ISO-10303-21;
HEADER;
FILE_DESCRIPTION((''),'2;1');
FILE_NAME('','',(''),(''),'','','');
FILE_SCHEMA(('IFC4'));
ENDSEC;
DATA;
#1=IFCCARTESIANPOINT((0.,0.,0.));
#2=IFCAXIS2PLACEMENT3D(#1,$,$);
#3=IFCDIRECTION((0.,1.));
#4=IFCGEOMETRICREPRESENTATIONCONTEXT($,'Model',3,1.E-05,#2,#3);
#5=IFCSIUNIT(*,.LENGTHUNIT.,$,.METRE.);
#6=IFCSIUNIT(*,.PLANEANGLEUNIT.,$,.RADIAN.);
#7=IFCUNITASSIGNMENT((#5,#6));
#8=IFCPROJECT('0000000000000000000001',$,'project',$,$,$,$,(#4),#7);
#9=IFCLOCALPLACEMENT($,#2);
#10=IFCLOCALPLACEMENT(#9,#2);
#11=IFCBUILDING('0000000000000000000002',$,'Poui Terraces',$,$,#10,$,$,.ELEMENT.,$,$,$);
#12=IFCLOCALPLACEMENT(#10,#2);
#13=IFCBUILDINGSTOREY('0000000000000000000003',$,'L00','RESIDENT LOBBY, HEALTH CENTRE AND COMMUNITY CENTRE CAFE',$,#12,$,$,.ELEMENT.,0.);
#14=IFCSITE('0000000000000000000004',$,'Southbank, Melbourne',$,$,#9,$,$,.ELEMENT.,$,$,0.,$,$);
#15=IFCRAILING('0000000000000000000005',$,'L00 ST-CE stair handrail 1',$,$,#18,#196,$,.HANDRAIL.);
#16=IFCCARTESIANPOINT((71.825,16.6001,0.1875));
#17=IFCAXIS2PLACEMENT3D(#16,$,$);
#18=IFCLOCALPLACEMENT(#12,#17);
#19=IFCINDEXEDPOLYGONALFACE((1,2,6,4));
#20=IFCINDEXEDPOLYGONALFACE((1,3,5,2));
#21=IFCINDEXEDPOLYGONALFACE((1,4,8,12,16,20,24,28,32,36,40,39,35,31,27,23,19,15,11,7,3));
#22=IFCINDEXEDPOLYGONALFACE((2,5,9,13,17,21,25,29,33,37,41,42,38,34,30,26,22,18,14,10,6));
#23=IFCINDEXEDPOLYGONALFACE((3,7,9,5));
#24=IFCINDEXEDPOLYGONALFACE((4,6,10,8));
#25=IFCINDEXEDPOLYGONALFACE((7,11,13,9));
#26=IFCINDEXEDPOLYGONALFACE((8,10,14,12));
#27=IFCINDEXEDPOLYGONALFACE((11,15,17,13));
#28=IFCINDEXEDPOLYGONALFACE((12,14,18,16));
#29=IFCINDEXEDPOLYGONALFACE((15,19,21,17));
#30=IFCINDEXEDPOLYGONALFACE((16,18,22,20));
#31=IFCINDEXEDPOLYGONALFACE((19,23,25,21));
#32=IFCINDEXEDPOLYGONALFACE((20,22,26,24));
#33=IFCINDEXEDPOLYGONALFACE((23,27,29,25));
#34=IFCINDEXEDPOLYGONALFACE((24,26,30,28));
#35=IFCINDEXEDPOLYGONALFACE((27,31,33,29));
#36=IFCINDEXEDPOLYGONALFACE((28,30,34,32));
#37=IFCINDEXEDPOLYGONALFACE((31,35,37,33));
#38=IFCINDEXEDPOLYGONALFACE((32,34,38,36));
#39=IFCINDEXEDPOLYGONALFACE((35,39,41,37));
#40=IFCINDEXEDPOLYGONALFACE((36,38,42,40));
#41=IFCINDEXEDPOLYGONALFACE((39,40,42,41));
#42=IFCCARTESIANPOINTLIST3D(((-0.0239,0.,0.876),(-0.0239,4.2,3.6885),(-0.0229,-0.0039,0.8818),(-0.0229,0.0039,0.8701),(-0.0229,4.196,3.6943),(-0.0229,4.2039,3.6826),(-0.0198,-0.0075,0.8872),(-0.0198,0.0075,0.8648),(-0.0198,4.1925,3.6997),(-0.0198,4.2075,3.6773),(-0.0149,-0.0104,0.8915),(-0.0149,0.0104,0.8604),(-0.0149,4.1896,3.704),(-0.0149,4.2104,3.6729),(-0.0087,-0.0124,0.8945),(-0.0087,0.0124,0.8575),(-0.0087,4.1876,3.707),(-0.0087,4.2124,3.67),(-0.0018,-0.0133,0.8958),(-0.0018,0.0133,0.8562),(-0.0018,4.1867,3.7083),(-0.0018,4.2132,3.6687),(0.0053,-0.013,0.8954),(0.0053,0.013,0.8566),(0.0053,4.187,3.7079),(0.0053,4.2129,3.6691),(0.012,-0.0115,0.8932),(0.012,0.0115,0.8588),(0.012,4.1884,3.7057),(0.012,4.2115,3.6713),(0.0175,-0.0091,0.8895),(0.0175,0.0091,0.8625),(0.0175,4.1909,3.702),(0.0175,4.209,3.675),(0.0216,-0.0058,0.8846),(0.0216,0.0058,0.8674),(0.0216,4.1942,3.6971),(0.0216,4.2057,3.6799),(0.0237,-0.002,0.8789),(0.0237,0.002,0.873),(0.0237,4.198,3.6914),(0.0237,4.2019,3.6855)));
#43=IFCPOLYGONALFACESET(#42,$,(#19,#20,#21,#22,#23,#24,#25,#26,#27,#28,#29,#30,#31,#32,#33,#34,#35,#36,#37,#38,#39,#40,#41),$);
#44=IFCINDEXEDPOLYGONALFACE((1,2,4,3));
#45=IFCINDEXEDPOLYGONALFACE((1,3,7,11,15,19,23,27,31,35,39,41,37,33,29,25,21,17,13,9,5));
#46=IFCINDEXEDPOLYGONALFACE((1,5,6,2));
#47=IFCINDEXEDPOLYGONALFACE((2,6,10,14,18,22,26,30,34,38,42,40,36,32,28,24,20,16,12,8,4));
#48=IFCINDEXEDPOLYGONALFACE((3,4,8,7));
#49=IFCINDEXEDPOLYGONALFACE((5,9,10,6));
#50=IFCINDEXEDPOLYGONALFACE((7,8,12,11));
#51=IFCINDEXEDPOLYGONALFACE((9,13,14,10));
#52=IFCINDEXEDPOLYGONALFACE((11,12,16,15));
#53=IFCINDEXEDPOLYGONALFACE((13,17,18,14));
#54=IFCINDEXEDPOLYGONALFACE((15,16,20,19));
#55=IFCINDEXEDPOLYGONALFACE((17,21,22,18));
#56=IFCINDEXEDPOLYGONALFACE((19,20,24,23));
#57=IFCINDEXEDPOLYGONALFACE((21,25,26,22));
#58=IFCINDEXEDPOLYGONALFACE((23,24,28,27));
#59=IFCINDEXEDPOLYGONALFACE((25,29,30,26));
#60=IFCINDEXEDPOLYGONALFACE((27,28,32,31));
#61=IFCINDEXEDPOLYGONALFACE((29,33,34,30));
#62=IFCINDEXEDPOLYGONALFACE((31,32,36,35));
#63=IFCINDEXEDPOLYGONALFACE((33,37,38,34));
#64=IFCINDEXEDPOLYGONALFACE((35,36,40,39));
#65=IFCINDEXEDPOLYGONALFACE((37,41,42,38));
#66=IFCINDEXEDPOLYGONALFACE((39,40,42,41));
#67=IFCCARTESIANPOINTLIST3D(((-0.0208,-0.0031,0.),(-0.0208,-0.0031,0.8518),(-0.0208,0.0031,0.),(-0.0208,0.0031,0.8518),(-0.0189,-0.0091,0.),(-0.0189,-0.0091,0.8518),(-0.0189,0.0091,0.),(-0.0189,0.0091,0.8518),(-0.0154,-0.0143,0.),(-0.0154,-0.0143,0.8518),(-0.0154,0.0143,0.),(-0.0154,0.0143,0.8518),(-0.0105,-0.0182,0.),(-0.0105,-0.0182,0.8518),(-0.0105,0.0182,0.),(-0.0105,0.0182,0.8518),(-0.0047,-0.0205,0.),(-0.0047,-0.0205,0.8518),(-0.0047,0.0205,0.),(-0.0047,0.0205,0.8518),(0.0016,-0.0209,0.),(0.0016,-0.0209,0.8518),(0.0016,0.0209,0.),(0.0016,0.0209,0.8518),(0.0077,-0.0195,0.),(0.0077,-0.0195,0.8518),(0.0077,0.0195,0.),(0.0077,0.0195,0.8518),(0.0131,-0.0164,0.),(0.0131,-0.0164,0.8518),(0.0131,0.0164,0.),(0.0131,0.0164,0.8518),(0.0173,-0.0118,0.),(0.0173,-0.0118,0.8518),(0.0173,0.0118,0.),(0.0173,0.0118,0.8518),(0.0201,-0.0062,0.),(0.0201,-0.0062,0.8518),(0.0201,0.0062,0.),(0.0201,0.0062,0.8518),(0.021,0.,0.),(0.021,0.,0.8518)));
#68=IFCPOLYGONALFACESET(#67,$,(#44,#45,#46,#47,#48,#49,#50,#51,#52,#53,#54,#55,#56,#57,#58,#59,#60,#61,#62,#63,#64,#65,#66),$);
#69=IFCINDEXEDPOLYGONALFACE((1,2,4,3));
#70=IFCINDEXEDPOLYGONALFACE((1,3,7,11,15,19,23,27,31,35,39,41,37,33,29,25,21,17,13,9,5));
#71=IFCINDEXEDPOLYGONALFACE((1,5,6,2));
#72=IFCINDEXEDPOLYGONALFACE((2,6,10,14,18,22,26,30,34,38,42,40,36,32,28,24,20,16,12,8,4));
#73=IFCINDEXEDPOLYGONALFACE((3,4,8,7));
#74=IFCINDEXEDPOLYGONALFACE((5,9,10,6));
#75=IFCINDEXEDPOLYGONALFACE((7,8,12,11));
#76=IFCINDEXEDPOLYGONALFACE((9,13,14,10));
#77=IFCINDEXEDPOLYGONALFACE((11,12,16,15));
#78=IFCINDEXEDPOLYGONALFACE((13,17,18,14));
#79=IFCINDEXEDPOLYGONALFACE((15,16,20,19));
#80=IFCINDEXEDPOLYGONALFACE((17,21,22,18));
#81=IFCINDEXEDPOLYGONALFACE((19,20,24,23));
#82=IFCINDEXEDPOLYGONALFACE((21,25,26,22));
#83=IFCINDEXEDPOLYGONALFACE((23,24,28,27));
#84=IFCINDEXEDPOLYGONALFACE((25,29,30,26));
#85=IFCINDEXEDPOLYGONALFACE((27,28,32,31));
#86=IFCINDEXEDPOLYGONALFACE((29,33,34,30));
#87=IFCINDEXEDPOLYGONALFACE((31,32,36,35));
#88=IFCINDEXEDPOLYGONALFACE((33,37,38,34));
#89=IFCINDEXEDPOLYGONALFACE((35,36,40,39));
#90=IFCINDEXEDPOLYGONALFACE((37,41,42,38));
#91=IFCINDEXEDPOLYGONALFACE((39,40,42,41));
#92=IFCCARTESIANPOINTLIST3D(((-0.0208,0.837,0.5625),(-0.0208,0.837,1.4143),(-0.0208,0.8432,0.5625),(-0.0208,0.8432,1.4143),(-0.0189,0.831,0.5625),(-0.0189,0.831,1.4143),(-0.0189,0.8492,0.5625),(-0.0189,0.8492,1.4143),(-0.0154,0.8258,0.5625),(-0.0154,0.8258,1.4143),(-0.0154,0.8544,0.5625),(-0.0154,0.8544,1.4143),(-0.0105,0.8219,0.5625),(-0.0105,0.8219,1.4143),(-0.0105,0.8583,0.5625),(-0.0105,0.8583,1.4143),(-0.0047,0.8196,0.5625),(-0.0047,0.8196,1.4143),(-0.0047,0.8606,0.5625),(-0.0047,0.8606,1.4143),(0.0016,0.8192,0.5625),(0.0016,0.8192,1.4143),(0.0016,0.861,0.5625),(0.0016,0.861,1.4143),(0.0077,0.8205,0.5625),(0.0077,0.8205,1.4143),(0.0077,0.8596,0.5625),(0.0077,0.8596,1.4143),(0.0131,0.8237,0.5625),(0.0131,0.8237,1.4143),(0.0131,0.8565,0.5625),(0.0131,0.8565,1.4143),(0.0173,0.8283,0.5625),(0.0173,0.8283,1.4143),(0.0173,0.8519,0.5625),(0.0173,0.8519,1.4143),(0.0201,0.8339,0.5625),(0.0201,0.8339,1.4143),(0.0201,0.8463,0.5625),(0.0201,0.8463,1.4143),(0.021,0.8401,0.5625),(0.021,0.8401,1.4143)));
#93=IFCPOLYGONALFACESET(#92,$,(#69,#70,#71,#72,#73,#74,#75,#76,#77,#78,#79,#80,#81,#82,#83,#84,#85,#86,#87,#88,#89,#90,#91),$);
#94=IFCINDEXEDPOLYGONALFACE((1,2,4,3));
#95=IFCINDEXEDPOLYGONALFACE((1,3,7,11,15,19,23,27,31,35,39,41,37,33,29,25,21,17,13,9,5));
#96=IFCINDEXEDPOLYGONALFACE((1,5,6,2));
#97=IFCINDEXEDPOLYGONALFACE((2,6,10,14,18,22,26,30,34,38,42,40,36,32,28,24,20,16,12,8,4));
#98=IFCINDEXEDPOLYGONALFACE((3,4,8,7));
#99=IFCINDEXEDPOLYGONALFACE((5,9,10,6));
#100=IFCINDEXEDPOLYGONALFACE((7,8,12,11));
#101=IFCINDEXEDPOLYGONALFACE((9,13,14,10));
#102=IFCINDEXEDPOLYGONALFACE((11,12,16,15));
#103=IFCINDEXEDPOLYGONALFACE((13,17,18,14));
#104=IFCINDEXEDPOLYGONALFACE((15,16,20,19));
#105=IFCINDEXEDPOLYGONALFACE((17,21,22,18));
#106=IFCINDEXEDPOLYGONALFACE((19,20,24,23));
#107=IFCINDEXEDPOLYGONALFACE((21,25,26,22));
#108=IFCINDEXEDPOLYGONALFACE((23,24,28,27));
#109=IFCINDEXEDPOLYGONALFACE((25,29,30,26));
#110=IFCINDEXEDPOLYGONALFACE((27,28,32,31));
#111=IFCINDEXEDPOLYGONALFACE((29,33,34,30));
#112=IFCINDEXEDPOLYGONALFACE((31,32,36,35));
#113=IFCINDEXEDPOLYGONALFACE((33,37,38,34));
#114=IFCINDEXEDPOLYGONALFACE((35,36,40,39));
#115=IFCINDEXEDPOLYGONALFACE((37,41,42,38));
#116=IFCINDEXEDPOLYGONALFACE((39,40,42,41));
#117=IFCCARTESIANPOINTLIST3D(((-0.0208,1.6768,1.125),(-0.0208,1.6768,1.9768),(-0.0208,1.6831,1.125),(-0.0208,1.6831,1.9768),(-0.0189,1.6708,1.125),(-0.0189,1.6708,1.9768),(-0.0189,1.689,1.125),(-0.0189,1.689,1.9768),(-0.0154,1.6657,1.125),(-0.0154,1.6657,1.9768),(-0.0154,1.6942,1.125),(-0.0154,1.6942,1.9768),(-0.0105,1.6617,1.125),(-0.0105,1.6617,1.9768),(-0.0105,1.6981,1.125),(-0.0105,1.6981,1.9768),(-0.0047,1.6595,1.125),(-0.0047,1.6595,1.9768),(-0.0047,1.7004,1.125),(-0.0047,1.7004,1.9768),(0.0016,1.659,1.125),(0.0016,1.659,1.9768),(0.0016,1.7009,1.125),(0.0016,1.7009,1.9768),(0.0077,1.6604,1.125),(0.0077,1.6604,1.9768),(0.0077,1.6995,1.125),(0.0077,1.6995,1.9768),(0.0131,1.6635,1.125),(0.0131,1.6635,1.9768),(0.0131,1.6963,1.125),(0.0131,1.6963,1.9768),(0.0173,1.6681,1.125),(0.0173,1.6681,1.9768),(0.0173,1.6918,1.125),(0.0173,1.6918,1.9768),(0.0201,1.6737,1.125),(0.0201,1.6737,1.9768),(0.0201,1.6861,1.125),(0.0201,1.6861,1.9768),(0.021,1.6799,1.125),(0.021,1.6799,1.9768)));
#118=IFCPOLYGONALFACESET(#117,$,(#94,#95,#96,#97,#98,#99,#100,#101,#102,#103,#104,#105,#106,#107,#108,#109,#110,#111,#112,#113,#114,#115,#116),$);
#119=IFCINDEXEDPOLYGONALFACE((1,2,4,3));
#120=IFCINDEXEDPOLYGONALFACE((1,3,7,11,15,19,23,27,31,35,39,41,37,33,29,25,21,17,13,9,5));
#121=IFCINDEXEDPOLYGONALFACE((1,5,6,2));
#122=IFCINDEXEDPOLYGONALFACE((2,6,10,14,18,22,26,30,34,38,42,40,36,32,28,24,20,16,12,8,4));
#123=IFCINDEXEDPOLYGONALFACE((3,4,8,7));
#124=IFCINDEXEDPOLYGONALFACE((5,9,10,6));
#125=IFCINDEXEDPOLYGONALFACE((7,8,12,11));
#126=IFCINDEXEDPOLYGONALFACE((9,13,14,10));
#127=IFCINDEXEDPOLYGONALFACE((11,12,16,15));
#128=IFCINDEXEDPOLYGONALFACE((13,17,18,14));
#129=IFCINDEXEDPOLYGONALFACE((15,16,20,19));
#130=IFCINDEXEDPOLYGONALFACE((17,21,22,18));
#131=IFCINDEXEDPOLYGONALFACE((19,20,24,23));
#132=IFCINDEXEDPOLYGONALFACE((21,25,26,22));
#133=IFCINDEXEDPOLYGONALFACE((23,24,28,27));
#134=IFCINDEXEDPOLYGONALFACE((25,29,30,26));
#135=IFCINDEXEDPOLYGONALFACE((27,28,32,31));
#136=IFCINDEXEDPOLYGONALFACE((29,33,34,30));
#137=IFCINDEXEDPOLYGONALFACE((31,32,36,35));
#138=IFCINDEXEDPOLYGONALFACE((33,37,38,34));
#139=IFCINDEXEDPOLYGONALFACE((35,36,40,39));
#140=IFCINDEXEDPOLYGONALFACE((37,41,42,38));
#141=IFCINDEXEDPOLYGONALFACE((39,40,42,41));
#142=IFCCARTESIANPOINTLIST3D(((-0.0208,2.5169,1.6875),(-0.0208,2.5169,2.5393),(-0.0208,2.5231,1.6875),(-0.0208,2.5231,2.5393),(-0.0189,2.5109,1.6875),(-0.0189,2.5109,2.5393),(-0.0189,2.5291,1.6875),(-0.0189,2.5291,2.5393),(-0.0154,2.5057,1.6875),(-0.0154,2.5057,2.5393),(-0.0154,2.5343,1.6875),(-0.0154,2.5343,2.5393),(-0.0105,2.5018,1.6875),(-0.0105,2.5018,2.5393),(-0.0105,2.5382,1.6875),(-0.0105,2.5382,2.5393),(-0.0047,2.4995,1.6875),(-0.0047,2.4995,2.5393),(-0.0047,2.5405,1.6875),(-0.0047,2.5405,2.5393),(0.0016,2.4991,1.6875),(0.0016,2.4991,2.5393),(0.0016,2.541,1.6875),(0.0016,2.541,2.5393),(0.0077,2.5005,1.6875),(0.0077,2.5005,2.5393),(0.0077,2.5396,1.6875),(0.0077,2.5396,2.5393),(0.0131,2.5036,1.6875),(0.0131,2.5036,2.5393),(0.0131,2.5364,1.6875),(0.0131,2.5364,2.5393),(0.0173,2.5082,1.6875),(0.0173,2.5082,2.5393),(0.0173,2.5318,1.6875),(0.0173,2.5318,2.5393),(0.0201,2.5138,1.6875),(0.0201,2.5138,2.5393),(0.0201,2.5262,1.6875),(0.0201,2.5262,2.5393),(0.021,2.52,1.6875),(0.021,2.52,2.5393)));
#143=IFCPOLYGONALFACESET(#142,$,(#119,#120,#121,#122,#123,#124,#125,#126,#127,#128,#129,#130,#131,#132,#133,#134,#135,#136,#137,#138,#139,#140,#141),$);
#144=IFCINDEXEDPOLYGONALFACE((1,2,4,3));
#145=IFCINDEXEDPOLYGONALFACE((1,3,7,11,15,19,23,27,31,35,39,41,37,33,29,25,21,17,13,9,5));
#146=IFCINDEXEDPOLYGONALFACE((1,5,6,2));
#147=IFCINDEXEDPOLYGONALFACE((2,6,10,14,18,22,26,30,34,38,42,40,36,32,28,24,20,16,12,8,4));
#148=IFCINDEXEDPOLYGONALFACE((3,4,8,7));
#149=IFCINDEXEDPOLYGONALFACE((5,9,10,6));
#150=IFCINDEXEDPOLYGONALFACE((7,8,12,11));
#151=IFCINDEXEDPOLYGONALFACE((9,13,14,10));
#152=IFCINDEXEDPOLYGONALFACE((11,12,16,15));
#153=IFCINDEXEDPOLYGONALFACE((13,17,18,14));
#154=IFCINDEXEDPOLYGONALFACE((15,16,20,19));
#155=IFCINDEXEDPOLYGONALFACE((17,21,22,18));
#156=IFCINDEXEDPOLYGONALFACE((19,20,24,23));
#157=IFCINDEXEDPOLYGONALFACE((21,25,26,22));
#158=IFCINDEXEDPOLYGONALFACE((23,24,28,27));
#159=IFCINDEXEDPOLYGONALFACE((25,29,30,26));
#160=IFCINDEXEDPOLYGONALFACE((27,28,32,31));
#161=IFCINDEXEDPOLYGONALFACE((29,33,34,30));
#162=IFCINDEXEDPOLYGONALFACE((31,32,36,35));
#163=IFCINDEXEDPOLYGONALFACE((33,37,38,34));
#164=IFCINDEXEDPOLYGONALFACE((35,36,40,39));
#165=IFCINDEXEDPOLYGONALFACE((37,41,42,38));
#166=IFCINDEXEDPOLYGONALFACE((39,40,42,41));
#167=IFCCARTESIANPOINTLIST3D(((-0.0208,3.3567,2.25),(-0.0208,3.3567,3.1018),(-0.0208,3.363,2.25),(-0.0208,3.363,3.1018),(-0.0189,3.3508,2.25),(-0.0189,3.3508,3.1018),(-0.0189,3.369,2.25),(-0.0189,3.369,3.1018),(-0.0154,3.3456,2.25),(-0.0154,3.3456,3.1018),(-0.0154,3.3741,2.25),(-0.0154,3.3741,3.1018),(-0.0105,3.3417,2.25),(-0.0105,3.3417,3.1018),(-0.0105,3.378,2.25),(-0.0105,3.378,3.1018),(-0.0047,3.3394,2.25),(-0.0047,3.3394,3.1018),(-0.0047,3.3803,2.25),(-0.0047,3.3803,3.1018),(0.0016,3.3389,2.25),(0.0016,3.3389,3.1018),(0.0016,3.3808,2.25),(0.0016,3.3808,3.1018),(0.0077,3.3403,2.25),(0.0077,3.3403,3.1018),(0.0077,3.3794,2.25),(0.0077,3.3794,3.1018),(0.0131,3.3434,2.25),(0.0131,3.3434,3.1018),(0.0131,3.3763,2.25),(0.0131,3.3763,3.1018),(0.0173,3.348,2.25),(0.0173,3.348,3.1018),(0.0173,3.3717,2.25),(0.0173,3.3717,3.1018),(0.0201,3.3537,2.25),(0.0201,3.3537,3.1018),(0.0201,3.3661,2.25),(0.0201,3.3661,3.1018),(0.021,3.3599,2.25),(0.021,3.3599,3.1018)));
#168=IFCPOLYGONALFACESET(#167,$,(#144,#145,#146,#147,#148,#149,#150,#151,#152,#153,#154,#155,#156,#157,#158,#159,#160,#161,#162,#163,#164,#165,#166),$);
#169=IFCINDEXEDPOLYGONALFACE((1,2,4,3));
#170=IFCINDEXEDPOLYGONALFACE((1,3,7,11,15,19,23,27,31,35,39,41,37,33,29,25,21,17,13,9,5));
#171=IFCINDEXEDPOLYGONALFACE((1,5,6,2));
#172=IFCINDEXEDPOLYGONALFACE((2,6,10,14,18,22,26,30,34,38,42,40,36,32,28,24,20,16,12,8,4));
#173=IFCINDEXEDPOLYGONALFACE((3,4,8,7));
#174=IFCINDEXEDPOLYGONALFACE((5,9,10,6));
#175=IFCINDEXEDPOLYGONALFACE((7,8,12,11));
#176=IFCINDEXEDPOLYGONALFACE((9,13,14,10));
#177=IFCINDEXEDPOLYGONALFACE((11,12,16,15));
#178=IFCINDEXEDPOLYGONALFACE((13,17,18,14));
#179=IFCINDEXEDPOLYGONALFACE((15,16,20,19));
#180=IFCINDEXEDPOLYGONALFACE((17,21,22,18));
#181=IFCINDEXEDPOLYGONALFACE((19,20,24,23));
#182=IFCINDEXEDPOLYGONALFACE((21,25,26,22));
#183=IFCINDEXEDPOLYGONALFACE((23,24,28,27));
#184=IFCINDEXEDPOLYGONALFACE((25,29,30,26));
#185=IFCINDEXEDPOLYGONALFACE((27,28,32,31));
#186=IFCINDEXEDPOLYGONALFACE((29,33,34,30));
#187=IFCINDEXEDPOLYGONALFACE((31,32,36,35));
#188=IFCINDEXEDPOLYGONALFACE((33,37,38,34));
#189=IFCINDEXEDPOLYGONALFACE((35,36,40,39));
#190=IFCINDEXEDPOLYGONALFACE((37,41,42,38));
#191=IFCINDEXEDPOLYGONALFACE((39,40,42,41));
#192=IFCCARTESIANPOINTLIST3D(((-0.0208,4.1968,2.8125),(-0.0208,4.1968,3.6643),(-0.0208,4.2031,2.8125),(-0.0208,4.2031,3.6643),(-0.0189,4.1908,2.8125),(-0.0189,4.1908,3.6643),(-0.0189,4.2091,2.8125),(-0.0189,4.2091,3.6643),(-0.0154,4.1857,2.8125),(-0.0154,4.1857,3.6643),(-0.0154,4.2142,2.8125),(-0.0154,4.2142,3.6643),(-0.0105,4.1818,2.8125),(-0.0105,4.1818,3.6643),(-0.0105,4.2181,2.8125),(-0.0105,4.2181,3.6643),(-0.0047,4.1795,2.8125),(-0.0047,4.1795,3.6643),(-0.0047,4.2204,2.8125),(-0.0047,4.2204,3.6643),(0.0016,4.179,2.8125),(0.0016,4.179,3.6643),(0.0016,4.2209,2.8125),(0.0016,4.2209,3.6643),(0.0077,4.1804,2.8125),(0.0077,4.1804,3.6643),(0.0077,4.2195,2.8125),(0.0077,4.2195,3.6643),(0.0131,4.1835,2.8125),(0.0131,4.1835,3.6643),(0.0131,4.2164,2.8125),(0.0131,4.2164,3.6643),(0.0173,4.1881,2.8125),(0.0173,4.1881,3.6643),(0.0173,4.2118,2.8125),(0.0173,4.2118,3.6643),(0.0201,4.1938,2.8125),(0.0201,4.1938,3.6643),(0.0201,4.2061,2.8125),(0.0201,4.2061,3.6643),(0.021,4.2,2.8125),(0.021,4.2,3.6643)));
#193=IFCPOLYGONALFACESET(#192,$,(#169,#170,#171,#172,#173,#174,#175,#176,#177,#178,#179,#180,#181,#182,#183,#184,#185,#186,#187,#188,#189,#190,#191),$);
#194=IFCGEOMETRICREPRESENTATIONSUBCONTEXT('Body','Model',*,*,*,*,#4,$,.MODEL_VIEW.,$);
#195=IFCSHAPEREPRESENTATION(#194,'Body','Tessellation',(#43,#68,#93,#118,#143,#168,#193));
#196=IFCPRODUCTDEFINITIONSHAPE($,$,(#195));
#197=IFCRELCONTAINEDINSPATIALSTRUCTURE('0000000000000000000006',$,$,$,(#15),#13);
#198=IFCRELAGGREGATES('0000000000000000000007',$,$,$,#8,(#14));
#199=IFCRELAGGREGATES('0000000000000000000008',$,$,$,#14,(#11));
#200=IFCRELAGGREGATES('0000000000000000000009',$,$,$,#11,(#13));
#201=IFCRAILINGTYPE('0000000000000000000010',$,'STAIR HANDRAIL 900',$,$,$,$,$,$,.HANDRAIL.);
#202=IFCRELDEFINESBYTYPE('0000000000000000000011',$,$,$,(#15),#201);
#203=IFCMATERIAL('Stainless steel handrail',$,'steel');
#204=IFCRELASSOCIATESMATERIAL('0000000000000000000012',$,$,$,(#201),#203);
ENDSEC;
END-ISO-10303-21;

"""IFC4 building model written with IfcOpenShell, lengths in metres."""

from ifc_helpers import new_model, si_unit, direction, frame, origin, origin_2d, place, context, subcontext, project, spatial, circle, extrude, material, type_object, element, save


model = new_model("IFC4")

# Units and contexts
model_context = context("Model", 3, precision=1e-05, world=origin(), true_north=direction((0.0, 1.0)))
body_context = subcontext(model_context, "Body", "Model", "MODEL_VIEW")
ifc_project = project(units=[si_unit("LENGTHUNIT", "METRE"), si_unit("PLANEANGLEUNIT", "RADIAN")], contexts=[model_context])

# Site, building, storey
site_placement = place(None, origin())
site = spatial("IfcSite", under=ifc_project, at=site_placement, Name="Southbank, Melbourne", CompositionType="ELEMENT", RefElevation=0.0)
building_placement = place(site_placement, origin())
building = spatial("IfcBuilding", under=site, at=building_placement, Name="Poui Terraces", CompositionType="ELEMENT")
storey_placement = place(building_placement, origin())
storey = spatial("IfcBuildingStorey", under=building, at=storey_placement, Name="L00", Description="RESIDENT LOBBY, HEALTH CENTRE AND COMMUNITY CENTRE CAFE", CompositionType="ELEMENT", Elevation=0.0)

# Railing
ifc_material_1 = material(Name="Stainless steel handrail", Category="steel")
railing_type_1 = type_object("IfcRailingType", Name="STAIR HANDRAIL 900", PredefinedType="HANDRAIL", material=ifc_material_1)
railing_1_placement = place(storey_placement, frame((71.825, 16.6001, 0.1875)))
element("IfcRailing", 1, at=railing_1_placement, inside=storey, type_object=railing_type_1, Name="L00 ST-CE stair handrail 1", PredefinedType="HANDRAIL", context=body_context, shape_type="SweptSolid", body=[
    extrude(circle(Radius=0.0239, at=origin_2d()), frame((0.0, 0.0, 0.876), z_axis=(0.0, 0.830904, 0.556416), x_axis=(-1.0, 0.0, 0.0)), (0.0, 0.0, 1.0), 5.0547),
    extrude(circle(Radius=0.021, at=origin_2d()), origin(), (0.0, 0.0, 1.0), 0.8518),
    extrude(circle(Radius=0.021, at=origin_2d()), frame((0.0, 0.8401, 0.5625)), (0.0, 0.0, 1.0), 0.8518),
    extrude(circle(Radius=0.021, at=origin_2d()), frame((0.0, 1.6799, 1.125)), (0.0, 0.0, 1.0), 0.8518),
    extrude(circle(Radius=0.021, at=origin_2d()), frame((0.0, 2.52, 1.6875)), (0.0, 0.0, 1.0), 0.8518),
    extrude(circle(Radius=0.021, at=origin_2d()), frame((0.0, 3.3599, 2.25)), (0.0, 0.0, 1.0), 0.8518),
    extrude(circle(Radius=0.021, at=origin_2d()), frame((0.0, 4.2, 2.8125)), (0.0, 0.0, 1.0), 0.8518),
])

save(model, "model.ifc")
